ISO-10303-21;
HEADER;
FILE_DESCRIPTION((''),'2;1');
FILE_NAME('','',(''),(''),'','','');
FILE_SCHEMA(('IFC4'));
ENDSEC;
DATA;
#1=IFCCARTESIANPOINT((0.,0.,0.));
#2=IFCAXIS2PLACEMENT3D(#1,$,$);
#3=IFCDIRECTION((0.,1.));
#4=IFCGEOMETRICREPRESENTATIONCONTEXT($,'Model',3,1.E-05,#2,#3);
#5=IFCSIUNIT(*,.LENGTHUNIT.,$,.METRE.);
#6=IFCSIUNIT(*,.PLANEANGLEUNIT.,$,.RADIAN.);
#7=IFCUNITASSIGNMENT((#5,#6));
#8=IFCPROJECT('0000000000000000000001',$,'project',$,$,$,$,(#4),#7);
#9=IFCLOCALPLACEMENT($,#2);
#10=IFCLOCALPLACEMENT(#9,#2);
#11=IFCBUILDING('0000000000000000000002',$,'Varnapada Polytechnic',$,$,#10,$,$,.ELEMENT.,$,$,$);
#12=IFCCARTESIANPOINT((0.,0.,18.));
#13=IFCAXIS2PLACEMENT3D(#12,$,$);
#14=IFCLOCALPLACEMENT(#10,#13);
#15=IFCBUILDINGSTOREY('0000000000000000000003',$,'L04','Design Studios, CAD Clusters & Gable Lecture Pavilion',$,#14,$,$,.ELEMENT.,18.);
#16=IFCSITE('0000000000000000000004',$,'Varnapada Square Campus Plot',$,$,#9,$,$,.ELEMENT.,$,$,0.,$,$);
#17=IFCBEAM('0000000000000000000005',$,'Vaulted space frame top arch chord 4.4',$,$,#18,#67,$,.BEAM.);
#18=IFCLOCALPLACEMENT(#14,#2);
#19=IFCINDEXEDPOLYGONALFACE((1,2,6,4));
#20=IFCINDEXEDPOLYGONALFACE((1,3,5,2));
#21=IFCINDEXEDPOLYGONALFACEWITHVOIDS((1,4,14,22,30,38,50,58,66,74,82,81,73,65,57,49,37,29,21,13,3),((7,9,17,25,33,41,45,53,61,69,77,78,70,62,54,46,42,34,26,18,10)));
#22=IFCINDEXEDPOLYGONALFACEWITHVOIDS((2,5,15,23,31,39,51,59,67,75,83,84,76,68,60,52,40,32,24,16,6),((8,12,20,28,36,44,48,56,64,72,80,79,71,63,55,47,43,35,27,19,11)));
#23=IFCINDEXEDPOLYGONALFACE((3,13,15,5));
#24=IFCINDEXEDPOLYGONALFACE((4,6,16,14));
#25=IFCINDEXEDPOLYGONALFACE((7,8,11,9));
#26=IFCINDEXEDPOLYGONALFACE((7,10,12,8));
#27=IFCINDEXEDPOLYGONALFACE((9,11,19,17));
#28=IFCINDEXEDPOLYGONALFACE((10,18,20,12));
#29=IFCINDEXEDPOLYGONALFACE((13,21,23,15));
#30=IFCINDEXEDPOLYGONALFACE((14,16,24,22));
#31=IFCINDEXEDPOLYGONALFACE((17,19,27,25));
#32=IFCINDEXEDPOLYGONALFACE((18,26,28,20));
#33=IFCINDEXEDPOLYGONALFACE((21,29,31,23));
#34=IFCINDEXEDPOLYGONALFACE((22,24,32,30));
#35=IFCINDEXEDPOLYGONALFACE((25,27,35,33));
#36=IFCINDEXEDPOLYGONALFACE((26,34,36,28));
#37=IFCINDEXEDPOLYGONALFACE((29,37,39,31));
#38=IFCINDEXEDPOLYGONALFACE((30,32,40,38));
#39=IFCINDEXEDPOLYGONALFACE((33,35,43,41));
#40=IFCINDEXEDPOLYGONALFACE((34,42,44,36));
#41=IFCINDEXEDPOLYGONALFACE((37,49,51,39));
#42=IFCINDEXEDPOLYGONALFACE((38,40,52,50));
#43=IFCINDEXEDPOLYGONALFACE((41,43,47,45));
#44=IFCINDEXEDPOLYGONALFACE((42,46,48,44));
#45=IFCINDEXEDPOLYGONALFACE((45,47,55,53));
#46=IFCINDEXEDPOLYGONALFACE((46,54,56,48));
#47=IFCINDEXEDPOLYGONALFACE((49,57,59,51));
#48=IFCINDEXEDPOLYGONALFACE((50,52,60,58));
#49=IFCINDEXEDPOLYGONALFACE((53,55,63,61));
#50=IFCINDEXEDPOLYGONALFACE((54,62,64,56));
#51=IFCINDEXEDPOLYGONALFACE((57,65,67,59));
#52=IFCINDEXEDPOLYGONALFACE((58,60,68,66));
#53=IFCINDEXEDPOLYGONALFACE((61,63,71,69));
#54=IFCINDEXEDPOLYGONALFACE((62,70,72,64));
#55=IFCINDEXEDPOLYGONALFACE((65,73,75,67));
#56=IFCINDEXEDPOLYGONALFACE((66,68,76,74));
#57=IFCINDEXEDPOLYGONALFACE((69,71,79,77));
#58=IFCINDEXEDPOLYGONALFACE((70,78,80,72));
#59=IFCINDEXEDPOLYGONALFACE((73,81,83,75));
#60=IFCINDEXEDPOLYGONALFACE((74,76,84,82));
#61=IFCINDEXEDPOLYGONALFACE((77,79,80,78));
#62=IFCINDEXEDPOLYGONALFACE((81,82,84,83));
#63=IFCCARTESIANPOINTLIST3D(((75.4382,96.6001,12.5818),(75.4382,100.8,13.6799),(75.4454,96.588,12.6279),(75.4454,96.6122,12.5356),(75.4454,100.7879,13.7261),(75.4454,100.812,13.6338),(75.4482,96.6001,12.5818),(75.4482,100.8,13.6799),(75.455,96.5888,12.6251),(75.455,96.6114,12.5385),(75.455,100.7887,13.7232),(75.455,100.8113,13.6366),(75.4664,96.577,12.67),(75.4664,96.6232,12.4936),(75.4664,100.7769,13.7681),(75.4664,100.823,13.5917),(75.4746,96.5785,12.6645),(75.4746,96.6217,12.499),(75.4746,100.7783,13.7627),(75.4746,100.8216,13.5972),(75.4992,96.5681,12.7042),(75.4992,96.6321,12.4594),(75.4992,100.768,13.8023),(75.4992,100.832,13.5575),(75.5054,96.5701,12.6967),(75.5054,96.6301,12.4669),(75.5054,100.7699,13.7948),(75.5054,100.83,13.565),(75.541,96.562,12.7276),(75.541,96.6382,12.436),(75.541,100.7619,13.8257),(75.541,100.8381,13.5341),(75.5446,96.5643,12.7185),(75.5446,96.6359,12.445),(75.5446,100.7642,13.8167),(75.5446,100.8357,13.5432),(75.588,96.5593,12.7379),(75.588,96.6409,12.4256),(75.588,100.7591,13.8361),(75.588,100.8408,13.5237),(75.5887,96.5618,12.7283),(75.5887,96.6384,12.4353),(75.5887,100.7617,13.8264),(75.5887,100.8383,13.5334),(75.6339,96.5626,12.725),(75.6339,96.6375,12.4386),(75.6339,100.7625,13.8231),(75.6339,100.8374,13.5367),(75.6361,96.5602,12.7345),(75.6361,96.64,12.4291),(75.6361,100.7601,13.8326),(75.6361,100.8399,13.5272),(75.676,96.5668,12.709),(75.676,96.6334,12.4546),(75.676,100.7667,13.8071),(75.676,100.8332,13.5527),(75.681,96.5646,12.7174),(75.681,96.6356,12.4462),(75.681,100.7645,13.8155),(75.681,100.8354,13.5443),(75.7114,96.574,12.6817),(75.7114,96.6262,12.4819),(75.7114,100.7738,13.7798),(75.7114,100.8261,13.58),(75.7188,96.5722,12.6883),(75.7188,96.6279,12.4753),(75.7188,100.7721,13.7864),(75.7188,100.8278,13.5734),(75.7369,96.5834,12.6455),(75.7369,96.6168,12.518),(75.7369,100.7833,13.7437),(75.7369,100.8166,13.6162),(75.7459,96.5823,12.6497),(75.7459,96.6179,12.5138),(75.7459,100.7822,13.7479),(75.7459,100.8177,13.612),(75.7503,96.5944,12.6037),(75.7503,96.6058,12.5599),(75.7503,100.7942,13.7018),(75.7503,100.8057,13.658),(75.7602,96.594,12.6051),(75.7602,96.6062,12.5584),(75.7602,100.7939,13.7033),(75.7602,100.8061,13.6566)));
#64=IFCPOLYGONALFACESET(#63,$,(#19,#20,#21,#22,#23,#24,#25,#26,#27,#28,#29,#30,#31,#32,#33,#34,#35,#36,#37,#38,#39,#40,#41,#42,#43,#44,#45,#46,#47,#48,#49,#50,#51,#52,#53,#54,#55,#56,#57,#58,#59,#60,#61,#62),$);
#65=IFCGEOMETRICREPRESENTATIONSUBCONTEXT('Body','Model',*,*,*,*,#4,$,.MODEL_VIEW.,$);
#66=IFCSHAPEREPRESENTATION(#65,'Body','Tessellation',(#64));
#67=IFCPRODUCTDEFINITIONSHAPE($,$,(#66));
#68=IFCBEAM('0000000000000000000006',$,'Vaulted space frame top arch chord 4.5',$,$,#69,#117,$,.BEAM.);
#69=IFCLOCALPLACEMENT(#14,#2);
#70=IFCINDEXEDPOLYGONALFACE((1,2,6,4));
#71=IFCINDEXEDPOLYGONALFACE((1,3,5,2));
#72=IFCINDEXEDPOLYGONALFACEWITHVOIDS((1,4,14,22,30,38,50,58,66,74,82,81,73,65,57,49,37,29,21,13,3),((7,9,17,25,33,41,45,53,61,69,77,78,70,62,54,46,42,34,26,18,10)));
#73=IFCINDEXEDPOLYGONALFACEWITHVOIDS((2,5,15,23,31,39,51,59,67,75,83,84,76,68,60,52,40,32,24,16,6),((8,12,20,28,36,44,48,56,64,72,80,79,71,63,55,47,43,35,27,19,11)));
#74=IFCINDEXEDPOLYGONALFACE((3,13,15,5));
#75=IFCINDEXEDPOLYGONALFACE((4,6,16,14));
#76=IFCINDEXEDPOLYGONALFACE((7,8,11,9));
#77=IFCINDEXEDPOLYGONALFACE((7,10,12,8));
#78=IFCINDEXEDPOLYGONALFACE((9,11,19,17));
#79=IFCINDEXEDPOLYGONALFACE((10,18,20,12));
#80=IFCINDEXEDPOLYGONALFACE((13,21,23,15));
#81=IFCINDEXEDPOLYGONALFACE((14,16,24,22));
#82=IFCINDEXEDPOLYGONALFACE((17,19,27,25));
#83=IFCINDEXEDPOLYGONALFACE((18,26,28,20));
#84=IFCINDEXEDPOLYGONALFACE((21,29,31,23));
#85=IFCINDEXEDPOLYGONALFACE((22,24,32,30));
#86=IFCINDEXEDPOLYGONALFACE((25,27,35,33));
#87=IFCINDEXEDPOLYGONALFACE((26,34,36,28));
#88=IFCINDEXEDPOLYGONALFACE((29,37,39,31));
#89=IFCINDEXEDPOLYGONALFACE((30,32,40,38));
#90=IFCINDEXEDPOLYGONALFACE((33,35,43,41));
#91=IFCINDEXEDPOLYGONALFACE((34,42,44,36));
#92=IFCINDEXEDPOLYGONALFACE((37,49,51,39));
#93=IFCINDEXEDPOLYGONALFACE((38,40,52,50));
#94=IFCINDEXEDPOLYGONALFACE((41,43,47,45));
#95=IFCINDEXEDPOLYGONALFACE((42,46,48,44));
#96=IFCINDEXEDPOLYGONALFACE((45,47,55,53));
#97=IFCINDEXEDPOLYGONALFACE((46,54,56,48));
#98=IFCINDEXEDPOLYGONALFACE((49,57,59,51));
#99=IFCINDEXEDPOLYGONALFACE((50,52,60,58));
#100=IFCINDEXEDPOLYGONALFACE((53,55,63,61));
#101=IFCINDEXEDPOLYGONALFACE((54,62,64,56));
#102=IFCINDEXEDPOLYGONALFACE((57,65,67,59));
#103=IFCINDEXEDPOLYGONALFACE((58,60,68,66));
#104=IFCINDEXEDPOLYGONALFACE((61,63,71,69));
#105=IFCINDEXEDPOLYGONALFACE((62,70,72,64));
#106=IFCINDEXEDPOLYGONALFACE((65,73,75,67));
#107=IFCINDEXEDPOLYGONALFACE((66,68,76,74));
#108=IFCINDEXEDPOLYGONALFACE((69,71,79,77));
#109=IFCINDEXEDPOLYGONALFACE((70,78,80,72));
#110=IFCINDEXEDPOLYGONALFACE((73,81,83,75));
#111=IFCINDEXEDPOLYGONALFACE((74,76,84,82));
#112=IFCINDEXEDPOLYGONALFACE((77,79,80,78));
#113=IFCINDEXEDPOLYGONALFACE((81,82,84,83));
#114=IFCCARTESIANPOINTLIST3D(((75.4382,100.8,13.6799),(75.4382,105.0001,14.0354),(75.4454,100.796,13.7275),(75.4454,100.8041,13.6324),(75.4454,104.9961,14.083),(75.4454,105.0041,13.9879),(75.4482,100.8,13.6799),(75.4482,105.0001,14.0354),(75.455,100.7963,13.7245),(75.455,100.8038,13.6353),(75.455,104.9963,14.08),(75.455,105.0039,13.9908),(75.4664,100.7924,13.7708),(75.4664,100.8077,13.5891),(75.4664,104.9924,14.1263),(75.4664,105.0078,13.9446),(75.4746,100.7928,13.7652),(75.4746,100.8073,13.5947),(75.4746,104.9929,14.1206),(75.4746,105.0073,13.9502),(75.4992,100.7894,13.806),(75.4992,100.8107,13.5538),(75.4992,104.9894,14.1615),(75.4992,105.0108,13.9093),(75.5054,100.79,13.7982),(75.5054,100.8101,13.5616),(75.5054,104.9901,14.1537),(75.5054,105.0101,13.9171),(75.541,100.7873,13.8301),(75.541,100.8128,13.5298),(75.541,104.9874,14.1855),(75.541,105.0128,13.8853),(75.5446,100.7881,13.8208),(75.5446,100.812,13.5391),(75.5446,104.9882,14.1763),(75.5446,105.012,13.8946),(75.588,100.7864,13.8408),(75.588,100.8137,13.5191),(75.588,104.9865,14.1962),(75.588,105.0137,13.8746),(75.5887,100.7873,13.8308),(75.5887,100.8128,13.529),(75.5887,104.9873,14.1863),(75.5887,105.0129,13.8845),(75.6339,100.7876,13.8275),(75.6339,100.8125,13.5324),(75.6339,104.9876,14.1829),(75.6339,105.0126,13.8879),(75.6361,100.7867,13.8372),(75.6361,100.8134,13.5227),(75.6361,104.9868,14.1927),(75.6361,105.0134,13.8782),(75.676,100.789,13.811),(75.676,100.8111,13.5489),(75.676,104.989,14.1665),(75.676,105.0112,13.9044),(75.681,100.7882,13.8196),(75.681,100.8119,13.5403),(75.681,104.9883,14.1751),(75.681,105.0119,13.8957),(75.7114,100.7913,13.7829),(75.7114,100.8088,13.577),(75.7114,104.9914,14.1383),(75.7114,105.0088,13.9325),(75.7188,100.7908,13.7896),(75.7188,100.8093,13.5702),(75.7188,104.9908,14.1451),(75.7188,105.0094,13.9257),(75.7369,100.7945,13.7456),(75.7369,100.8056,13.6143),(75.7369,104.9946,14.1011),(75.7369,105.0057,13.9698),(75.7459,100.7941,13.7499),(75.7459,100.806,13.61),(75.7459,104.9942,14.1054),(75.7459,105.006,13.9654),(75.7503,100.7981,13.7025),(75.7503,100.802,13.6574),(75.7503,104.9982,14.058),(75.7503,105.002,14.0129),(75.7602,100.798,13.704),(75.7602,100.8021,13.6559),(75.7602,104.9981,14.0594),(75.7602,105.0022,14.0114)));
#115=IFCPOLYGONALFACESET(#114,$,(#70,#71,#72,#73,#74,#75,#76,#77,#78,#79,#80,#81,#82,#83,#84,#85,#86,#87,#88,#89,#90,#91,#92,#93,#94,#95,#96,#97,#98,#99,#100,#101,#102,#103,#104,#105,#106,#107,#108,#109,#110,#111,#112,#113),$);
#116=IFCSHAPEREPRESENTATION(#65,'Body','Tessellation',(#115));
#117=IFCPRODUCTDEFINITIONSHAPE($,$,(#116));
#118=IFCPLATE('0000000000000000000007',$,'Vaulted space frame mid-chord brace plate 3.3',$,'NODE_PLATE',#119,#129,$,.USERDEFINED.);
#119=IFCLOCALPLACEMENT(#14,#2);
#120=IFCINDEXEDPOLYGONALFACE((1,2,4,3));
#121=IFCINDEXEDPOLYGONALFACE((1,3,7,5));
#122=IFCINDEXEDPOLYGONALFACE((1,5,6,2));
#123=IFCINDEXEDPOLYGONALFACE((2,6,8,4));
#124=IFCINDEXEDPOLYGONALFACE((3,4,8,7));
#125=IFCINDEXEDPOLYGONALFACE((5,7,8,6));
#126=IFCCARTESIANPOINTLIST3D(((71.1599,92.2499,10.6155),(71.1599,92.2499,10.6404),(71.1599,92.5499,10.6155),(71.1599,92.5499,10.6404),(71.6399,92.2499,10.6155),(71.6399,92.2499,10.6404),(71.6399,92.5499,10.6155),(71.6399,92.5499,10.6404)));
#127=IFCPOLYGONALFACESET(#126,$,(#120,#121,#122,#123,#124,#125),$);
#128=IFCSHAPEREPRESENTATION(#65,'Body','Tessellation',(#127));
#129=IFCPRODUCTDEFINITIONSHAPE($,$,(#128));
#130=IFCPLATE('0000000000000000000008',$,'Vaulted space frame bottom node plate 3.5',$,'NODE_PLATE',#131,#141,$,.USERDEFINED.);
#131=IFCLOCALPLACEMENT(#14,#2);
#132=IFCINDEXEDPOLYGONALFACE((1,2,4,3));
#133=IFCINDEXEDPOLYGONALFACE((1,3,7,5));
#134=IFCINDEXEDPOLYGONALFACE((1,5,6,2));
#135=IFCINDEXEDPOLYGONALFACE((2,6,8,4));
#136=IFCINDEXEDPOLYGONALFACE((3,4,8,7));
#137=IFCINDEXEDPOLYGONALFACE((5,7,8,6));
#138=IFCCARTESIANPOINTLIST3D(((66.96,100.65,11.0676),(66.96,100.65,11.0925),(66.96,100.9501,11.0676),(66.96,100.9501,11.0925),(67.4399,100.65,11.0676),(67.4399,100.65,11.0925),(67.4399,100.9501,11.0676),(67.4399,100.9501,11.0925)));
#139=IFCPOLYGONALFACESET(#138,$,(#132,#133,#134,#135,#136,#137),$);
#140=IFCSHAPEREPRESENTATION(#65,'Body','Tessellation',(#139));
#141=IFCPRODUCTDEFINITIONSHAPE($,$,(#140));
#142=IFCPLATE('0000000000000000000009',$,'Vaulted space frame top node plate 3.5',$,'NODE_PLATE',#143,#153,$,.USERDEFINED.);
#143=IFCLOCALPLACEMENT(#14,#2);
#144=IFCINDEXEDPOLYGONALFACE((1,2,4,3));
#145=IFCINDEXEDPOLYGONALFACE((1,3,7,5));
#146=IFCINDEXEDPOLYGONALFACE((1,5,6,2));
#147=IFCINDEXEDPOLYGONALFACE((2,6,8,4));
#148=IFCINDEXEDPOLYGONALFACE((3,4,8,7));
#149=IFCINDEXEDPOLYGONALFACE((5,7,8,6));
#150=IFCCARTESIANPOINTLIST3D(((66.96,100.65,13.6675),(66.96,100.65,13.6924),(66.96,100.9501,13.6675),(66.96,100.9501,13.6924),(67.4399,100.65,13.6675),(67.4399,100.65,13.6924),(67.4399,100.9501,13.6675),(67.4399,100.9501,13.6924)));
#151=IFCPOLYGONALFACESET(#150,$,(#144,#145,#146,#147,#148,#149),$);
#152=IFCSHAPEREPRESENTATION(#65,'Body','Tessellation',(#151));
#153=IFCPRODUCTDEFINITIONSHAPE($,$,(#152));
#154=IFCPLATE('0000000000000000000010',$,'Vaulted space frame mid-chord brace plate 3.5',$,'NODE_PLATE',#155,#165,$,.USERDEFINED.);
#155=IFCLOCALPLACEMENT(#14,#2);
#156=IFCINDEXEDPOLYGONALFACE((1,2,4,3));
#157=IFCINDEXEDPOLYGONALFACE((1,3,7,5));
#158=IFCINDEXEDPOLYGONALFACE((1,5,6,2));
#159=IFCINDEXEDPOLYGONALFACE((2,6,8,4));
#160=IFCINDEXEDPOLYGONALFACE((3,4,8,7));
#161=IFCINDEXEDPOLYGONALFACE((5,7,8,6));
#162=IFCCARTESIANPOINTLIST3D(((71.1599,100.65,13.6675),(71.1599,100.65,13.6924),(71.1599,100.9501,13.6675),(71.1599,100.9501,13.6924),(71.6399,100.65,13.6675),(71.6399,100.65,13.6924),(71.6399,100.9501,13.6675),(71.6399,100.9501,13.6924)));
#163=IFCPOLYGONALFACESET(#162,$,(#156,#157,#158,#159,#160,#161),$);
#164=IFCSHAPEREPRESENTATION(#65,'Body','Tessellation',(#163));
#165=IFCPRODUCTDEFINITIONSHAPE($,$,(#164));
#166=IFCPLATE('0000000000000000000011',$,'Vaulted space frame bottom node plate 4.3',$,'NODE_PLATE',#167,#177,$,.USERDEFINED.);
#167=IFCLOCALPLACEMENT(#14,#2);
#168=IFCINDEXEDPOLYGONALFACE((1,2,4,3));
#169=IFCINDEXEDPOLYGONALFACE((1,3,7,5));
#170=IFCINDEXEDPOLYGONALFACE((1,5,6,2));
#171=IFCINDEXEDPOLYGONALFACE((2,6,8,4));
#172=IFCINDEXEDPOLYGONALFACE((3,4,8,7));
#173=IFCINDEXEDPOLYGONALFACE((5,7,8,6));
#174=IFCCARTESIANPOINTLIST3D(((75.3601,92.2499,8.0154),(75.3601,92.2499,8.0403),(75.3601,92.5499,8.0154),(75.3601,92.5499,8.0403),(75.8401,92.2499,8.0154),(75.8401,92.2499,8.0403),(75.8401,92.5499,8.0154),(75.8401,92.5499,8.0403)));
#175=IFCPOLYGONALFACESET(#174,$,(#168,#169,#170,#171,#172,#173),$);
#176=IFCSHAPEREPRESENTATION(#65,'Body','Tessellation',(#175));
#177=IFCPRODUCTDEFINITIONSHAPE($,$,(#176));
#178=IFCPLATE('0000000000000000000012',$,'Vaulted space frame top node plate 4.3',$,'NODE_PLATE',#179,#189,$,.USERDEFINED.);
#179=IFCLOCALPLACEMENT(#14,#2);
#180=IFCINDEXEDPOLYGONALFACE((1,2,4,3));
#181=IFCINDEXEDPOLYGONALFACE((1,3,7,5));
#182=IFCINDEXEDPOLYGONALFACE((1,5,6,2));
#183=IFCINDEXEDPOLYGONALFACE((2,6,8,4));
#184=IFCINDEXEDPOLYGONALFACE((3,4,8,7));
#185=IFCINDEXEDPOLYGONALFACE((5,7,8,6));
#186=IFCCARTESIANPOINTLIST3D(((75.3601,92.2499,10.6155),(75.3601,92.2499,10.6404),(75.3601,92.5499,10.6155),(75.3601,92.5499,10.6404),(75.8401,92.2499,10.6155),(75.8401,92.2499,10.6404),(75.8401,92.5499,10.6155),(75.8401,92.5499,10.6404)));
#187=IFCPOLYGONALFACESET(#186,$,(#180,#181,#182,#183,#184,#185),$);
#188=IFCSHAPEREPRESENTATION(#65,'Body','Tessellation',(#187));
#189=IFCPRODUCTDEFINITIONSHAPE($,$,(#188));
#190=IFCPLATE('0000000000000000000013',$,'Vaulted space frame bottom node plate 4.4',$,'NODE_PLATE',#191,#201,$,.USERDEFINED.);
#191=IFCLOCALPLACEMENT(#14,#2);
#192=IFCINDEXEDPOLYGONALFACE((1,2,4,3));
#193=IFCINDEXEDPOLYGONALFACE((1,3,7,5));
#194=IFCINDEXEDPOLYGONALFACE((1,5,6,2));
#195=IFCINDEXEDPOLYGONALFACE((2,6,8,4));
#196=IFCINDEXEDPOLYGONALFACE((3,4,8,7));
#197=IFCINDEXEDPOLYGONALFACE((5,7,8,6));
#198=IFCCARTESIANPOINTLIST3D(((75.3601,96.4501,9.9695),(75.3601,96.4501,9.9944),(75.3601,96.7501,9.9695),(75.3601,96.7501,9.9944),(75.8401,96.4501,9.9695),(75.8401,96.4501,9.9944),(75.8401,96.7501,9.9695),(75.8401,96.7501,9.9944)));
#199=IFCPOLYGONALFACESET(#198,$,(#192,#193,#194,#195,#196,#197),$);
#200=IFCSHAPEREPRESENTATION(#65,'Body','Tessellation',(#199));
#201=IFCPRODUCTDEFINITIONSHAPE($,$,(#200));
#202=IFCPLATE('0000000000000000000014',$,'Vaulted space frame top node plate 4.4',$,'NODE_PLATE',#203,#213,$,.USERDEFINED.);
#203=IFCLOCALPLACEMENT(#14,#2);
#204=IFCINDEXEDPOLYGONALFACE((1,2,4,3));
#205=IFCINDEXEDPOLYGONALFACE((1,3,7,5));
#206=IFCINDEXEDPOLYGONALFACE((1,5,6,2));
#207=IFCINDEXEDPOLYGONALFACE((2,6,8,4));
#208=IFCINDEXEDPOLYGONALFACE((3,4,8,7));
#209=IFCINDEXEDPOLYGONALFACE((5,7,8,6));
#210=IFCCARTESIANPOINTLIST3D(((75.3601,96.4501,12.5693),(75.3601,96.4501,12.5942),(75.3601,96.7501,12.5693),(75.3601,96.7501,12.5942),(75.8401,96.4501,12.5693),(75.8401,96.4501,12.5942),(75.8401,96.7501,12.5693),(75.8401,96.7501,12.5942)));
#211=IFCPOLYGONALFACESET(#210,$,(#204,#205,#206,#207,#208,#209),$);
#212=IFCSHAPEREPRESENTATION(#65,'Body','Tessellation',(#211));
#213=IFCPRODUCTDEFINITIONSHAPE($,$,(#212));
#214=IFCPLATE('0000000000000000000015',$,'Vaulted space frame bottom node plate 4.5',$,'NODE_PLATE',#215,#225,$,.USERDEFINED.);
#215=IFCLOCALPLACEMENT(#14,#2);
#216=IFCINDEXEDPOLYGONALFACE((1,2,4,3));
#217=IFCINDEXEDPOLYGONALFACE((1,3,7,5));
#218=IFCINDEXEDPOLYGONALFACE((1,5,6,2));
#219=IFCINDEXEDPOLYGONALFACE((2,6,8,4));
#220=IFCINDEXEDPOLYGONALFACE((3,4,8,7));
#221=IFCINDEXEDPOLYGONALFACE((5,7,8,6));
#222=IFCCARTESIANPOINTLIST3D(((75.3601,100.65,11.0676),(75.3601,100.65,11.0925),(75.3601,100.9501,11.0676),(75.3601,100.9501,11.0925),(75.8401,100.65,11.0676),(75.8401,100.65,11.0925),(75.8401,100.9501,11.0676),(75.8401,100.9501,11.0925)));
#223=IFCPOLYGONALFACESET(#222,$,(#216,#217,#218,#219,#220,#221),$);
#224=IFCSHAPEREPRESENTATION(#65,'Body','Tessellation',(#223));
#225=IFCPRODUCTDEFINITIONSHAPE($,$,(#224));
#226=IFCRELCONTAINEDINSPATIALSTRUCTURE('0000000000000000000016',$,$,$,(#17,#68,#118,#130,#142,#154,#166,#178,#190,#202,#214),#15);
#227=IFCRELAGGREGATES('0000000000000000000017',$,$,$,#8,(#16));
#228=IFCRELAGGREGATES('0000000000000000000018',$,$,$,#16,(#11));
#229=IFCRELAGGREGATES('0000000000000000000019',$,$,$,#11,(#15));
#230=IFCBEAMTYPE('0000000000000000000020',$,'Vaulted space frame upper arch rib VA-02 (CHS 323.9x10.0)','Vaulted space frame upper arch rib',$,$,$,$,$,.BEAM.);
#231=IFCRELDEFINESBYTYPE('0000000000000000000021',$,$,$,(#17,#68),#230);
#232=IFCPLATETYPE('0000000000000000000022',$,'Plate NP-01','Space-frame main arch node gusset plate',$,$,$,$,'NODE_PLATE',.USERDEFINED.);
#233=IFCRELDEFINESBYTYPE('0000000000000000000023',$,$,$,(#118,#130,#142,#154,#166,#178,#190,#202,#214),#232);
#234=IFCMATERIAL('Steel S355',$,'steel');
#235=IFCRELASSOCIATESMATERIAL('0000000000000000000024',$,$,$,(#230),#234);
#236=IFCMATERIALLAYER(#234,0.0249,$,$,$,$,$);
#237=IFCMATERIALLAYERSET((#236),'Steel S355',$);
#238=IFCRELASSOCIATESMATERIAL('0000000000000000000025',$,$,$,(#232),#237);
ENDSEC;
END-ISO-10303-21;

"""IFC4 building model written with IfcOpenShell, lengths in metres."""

from ifc_helpers import new_model, si_unit, direction, frame, origin, origin_2d, place, context, subcontext, project, spatial, rectangle, hollow_circle, extrude, material, layer, layer_set, material_profile, profile_set, type_object, element, save


model = new_model("IFC4")

# Units and contexts
model_context = context("Model", 3, precision=1e-05, world=origin(), true_north=direction((0.0, 1.0)))
body_context = subcontext(model_context, "Body", "Model", "MODEL_VIEW")
ifc_project = project(units=[si_unit("LENGTHUNIT", "METRE"), si_unit("PLANEANGLEUNIT", "RADIAN")], contexts=[model_context])

# Site, building, storey
site_placement = place(None, origin())
site = spatial("IfcSite", under=ifc_project, at=site_placement, Name="Varnapada Square Campus Plot", CompositionType="ELEMENT", RefElevation=0.0)
building_placement = place(site_placement, origin())
building = spatial("IfcBuilding", under=site, at=building_placement, Name="Varnapada Polytechnic", CompositionType="ELEMENT")
storey_placement = place(building_placement, frame((0.0, 0.0, 18.0)))
storey = spatial("IfcBuildingStorey", under=building, at=storey_placement, Name="L04", Description="Design Studios, CAD Clusters & Gable Lecture Pavilion", CompositionType="ELEMENT", Elevation=18.0)

# Shared definitions
ifc_material = material(Name="Steel S355", Category="steel")

# Beams
ifc_material_profile_1 = material_profile(ifc_material, hollow_circle(Radius=0.1619, WallThickness=0.01, at=origin_2d()), Name="CHS 323.9x10.0")
ifc_profile_set_1 = profile_set([ifc_material_profile_1], Name="Steel S355")
beam_type_1 = type_object("IfcBeamType", Name="Vaulted space frame upper arch rib VA-02 (CHS 323.9x10.0)", Description="Vaulted space frame upper arch rib", PredefinedType="BEAM", material=ifc_profile_set_1)
beam_1_placement = place(storey_placement, frame((75.6001, 96.6001, 12.5818), z_axis=(0.0, 0.967476, 0.252962), x_axis=(-1.0, 0.0, 0.0)))
element("IfcBeam", 1, at=beam_1_placement, inside=storey, type_object=beam_type_1, Name="Vaulted space frame top arch chord 4.4", PredefinedType="BEAM", context=body_context, shape_type="SweptSolid", body=[
    extrude(hollow_circle(Radius=0.1619, WallThickness=0.01, at=origin_2d()), origin(), (0.0, 0.0, 1.0), 4.3411),
])
beam_2_placement = place(storey_placement, frame((75.6001, 100.8, 13.6799), z_axis=(0.0, 0.996437, 0.084335), x_axis=(-1.0, 0.0, 0.0)))
element("IfcBeam", 2, at=beam_2_placement, inside=storey, type_object=beam_type_1, Name="Vaulted space frame top arch chord 4.5", PredefinedType="BEAM", context=body_context, shape_type="SweptSolid", body=[
    extrude(hollow_circle(Radius=0.1619, WallThickness=0.01, at=origin_2d()), origin(), (0.0, 0.0, 1.0), 4.2151),
])

# Plates
ifc_layer = layer(ifc_material, 0.0249)
ifc_layer_set = layer_set([ifc_layer], Name="Steel S355")
plate_type = type_object("IfcPlateType", Name="Plate NP-01", Description="Space-frame main arch node gusset plate", ElementType="NODE_PLATE", PredefinedType="USERDEFINED", material=ifc_layer_set)
for number, where, z_axis, x_axis, name in (
    (3, (71.3999, 92.3999, 10.6155), (0.0, 0.0, 1.0), (1.0, 0.0, 0.0), "Vaulted space frame mid-chord brace plate 3.3"),
    (4, (67.2, 100.8, 11.0676), (0.0, 0.0, 1.0), (1.0, 0.0, 0.0), "Vaulted space frame bottom node plate 3.5"),
    (5, (67.2, 100.8, 13.6675), (0.0, 0.0, 1.0), (1.0, 0.0, 0.0), "Vaulted space frame top node plate 3.5"),
    (6, (71.3999, 100.8, 13.6675), (0.0, 0.0, 1.0), (1.0, 0.0, 0.0), "Vaulted space frame mid-chord brace plate 3.5"),
    (7, (75.6001, 92.3999, 8.0154), (0.0, 0.0, 1.0), (1.0, 0.0, 0.0), "Vaulted space frame bottom node plate 4.3"),
    (8, (75.6001, 92.3999, 10.6155), (0.0, 0.0, 1.0), (1.0, 0.0, 0.0), "Vaulted space frame top node plate 4.3"),
    (9, (75.6001, 96.6001, 9.9695), (0.0, 0.0, 1.0), (1.0, 0.0, 0.0), "Vaulted space frame bottom node plate 4.4"),
    (10, (75.6001, 96.6001, 12.5693), (0.0, 0.0, 1.0), (1.0, 0.0, 0.0), "Vaulted space frame top node plate 4.4"),
    (11, (75.6001, 100.8, 11.0676), (0.0, 0.0, 1.0), (1.0, 0.0, 0.0), "Vaulted space frame bottom node plate 4.5"),
):
    element("IfcPlate", number, at=place(storey_placement, frame(where, z_axis=z_axis, x_axis=x_axis)), inside=storey, type_object=plate_type, Name=name, ObjectType="NODE_PLATE", PredefinedType="USERDEFINED", context=body_context, shape_type="SweptSolid", body=[
        extrude(rectangle(XDim=0.48, YDim=0.3, at=origin_2d()), origin(), (0.0, 0.0, 1.0), 0.0249),
    ])

save(model, "model.ifc")
